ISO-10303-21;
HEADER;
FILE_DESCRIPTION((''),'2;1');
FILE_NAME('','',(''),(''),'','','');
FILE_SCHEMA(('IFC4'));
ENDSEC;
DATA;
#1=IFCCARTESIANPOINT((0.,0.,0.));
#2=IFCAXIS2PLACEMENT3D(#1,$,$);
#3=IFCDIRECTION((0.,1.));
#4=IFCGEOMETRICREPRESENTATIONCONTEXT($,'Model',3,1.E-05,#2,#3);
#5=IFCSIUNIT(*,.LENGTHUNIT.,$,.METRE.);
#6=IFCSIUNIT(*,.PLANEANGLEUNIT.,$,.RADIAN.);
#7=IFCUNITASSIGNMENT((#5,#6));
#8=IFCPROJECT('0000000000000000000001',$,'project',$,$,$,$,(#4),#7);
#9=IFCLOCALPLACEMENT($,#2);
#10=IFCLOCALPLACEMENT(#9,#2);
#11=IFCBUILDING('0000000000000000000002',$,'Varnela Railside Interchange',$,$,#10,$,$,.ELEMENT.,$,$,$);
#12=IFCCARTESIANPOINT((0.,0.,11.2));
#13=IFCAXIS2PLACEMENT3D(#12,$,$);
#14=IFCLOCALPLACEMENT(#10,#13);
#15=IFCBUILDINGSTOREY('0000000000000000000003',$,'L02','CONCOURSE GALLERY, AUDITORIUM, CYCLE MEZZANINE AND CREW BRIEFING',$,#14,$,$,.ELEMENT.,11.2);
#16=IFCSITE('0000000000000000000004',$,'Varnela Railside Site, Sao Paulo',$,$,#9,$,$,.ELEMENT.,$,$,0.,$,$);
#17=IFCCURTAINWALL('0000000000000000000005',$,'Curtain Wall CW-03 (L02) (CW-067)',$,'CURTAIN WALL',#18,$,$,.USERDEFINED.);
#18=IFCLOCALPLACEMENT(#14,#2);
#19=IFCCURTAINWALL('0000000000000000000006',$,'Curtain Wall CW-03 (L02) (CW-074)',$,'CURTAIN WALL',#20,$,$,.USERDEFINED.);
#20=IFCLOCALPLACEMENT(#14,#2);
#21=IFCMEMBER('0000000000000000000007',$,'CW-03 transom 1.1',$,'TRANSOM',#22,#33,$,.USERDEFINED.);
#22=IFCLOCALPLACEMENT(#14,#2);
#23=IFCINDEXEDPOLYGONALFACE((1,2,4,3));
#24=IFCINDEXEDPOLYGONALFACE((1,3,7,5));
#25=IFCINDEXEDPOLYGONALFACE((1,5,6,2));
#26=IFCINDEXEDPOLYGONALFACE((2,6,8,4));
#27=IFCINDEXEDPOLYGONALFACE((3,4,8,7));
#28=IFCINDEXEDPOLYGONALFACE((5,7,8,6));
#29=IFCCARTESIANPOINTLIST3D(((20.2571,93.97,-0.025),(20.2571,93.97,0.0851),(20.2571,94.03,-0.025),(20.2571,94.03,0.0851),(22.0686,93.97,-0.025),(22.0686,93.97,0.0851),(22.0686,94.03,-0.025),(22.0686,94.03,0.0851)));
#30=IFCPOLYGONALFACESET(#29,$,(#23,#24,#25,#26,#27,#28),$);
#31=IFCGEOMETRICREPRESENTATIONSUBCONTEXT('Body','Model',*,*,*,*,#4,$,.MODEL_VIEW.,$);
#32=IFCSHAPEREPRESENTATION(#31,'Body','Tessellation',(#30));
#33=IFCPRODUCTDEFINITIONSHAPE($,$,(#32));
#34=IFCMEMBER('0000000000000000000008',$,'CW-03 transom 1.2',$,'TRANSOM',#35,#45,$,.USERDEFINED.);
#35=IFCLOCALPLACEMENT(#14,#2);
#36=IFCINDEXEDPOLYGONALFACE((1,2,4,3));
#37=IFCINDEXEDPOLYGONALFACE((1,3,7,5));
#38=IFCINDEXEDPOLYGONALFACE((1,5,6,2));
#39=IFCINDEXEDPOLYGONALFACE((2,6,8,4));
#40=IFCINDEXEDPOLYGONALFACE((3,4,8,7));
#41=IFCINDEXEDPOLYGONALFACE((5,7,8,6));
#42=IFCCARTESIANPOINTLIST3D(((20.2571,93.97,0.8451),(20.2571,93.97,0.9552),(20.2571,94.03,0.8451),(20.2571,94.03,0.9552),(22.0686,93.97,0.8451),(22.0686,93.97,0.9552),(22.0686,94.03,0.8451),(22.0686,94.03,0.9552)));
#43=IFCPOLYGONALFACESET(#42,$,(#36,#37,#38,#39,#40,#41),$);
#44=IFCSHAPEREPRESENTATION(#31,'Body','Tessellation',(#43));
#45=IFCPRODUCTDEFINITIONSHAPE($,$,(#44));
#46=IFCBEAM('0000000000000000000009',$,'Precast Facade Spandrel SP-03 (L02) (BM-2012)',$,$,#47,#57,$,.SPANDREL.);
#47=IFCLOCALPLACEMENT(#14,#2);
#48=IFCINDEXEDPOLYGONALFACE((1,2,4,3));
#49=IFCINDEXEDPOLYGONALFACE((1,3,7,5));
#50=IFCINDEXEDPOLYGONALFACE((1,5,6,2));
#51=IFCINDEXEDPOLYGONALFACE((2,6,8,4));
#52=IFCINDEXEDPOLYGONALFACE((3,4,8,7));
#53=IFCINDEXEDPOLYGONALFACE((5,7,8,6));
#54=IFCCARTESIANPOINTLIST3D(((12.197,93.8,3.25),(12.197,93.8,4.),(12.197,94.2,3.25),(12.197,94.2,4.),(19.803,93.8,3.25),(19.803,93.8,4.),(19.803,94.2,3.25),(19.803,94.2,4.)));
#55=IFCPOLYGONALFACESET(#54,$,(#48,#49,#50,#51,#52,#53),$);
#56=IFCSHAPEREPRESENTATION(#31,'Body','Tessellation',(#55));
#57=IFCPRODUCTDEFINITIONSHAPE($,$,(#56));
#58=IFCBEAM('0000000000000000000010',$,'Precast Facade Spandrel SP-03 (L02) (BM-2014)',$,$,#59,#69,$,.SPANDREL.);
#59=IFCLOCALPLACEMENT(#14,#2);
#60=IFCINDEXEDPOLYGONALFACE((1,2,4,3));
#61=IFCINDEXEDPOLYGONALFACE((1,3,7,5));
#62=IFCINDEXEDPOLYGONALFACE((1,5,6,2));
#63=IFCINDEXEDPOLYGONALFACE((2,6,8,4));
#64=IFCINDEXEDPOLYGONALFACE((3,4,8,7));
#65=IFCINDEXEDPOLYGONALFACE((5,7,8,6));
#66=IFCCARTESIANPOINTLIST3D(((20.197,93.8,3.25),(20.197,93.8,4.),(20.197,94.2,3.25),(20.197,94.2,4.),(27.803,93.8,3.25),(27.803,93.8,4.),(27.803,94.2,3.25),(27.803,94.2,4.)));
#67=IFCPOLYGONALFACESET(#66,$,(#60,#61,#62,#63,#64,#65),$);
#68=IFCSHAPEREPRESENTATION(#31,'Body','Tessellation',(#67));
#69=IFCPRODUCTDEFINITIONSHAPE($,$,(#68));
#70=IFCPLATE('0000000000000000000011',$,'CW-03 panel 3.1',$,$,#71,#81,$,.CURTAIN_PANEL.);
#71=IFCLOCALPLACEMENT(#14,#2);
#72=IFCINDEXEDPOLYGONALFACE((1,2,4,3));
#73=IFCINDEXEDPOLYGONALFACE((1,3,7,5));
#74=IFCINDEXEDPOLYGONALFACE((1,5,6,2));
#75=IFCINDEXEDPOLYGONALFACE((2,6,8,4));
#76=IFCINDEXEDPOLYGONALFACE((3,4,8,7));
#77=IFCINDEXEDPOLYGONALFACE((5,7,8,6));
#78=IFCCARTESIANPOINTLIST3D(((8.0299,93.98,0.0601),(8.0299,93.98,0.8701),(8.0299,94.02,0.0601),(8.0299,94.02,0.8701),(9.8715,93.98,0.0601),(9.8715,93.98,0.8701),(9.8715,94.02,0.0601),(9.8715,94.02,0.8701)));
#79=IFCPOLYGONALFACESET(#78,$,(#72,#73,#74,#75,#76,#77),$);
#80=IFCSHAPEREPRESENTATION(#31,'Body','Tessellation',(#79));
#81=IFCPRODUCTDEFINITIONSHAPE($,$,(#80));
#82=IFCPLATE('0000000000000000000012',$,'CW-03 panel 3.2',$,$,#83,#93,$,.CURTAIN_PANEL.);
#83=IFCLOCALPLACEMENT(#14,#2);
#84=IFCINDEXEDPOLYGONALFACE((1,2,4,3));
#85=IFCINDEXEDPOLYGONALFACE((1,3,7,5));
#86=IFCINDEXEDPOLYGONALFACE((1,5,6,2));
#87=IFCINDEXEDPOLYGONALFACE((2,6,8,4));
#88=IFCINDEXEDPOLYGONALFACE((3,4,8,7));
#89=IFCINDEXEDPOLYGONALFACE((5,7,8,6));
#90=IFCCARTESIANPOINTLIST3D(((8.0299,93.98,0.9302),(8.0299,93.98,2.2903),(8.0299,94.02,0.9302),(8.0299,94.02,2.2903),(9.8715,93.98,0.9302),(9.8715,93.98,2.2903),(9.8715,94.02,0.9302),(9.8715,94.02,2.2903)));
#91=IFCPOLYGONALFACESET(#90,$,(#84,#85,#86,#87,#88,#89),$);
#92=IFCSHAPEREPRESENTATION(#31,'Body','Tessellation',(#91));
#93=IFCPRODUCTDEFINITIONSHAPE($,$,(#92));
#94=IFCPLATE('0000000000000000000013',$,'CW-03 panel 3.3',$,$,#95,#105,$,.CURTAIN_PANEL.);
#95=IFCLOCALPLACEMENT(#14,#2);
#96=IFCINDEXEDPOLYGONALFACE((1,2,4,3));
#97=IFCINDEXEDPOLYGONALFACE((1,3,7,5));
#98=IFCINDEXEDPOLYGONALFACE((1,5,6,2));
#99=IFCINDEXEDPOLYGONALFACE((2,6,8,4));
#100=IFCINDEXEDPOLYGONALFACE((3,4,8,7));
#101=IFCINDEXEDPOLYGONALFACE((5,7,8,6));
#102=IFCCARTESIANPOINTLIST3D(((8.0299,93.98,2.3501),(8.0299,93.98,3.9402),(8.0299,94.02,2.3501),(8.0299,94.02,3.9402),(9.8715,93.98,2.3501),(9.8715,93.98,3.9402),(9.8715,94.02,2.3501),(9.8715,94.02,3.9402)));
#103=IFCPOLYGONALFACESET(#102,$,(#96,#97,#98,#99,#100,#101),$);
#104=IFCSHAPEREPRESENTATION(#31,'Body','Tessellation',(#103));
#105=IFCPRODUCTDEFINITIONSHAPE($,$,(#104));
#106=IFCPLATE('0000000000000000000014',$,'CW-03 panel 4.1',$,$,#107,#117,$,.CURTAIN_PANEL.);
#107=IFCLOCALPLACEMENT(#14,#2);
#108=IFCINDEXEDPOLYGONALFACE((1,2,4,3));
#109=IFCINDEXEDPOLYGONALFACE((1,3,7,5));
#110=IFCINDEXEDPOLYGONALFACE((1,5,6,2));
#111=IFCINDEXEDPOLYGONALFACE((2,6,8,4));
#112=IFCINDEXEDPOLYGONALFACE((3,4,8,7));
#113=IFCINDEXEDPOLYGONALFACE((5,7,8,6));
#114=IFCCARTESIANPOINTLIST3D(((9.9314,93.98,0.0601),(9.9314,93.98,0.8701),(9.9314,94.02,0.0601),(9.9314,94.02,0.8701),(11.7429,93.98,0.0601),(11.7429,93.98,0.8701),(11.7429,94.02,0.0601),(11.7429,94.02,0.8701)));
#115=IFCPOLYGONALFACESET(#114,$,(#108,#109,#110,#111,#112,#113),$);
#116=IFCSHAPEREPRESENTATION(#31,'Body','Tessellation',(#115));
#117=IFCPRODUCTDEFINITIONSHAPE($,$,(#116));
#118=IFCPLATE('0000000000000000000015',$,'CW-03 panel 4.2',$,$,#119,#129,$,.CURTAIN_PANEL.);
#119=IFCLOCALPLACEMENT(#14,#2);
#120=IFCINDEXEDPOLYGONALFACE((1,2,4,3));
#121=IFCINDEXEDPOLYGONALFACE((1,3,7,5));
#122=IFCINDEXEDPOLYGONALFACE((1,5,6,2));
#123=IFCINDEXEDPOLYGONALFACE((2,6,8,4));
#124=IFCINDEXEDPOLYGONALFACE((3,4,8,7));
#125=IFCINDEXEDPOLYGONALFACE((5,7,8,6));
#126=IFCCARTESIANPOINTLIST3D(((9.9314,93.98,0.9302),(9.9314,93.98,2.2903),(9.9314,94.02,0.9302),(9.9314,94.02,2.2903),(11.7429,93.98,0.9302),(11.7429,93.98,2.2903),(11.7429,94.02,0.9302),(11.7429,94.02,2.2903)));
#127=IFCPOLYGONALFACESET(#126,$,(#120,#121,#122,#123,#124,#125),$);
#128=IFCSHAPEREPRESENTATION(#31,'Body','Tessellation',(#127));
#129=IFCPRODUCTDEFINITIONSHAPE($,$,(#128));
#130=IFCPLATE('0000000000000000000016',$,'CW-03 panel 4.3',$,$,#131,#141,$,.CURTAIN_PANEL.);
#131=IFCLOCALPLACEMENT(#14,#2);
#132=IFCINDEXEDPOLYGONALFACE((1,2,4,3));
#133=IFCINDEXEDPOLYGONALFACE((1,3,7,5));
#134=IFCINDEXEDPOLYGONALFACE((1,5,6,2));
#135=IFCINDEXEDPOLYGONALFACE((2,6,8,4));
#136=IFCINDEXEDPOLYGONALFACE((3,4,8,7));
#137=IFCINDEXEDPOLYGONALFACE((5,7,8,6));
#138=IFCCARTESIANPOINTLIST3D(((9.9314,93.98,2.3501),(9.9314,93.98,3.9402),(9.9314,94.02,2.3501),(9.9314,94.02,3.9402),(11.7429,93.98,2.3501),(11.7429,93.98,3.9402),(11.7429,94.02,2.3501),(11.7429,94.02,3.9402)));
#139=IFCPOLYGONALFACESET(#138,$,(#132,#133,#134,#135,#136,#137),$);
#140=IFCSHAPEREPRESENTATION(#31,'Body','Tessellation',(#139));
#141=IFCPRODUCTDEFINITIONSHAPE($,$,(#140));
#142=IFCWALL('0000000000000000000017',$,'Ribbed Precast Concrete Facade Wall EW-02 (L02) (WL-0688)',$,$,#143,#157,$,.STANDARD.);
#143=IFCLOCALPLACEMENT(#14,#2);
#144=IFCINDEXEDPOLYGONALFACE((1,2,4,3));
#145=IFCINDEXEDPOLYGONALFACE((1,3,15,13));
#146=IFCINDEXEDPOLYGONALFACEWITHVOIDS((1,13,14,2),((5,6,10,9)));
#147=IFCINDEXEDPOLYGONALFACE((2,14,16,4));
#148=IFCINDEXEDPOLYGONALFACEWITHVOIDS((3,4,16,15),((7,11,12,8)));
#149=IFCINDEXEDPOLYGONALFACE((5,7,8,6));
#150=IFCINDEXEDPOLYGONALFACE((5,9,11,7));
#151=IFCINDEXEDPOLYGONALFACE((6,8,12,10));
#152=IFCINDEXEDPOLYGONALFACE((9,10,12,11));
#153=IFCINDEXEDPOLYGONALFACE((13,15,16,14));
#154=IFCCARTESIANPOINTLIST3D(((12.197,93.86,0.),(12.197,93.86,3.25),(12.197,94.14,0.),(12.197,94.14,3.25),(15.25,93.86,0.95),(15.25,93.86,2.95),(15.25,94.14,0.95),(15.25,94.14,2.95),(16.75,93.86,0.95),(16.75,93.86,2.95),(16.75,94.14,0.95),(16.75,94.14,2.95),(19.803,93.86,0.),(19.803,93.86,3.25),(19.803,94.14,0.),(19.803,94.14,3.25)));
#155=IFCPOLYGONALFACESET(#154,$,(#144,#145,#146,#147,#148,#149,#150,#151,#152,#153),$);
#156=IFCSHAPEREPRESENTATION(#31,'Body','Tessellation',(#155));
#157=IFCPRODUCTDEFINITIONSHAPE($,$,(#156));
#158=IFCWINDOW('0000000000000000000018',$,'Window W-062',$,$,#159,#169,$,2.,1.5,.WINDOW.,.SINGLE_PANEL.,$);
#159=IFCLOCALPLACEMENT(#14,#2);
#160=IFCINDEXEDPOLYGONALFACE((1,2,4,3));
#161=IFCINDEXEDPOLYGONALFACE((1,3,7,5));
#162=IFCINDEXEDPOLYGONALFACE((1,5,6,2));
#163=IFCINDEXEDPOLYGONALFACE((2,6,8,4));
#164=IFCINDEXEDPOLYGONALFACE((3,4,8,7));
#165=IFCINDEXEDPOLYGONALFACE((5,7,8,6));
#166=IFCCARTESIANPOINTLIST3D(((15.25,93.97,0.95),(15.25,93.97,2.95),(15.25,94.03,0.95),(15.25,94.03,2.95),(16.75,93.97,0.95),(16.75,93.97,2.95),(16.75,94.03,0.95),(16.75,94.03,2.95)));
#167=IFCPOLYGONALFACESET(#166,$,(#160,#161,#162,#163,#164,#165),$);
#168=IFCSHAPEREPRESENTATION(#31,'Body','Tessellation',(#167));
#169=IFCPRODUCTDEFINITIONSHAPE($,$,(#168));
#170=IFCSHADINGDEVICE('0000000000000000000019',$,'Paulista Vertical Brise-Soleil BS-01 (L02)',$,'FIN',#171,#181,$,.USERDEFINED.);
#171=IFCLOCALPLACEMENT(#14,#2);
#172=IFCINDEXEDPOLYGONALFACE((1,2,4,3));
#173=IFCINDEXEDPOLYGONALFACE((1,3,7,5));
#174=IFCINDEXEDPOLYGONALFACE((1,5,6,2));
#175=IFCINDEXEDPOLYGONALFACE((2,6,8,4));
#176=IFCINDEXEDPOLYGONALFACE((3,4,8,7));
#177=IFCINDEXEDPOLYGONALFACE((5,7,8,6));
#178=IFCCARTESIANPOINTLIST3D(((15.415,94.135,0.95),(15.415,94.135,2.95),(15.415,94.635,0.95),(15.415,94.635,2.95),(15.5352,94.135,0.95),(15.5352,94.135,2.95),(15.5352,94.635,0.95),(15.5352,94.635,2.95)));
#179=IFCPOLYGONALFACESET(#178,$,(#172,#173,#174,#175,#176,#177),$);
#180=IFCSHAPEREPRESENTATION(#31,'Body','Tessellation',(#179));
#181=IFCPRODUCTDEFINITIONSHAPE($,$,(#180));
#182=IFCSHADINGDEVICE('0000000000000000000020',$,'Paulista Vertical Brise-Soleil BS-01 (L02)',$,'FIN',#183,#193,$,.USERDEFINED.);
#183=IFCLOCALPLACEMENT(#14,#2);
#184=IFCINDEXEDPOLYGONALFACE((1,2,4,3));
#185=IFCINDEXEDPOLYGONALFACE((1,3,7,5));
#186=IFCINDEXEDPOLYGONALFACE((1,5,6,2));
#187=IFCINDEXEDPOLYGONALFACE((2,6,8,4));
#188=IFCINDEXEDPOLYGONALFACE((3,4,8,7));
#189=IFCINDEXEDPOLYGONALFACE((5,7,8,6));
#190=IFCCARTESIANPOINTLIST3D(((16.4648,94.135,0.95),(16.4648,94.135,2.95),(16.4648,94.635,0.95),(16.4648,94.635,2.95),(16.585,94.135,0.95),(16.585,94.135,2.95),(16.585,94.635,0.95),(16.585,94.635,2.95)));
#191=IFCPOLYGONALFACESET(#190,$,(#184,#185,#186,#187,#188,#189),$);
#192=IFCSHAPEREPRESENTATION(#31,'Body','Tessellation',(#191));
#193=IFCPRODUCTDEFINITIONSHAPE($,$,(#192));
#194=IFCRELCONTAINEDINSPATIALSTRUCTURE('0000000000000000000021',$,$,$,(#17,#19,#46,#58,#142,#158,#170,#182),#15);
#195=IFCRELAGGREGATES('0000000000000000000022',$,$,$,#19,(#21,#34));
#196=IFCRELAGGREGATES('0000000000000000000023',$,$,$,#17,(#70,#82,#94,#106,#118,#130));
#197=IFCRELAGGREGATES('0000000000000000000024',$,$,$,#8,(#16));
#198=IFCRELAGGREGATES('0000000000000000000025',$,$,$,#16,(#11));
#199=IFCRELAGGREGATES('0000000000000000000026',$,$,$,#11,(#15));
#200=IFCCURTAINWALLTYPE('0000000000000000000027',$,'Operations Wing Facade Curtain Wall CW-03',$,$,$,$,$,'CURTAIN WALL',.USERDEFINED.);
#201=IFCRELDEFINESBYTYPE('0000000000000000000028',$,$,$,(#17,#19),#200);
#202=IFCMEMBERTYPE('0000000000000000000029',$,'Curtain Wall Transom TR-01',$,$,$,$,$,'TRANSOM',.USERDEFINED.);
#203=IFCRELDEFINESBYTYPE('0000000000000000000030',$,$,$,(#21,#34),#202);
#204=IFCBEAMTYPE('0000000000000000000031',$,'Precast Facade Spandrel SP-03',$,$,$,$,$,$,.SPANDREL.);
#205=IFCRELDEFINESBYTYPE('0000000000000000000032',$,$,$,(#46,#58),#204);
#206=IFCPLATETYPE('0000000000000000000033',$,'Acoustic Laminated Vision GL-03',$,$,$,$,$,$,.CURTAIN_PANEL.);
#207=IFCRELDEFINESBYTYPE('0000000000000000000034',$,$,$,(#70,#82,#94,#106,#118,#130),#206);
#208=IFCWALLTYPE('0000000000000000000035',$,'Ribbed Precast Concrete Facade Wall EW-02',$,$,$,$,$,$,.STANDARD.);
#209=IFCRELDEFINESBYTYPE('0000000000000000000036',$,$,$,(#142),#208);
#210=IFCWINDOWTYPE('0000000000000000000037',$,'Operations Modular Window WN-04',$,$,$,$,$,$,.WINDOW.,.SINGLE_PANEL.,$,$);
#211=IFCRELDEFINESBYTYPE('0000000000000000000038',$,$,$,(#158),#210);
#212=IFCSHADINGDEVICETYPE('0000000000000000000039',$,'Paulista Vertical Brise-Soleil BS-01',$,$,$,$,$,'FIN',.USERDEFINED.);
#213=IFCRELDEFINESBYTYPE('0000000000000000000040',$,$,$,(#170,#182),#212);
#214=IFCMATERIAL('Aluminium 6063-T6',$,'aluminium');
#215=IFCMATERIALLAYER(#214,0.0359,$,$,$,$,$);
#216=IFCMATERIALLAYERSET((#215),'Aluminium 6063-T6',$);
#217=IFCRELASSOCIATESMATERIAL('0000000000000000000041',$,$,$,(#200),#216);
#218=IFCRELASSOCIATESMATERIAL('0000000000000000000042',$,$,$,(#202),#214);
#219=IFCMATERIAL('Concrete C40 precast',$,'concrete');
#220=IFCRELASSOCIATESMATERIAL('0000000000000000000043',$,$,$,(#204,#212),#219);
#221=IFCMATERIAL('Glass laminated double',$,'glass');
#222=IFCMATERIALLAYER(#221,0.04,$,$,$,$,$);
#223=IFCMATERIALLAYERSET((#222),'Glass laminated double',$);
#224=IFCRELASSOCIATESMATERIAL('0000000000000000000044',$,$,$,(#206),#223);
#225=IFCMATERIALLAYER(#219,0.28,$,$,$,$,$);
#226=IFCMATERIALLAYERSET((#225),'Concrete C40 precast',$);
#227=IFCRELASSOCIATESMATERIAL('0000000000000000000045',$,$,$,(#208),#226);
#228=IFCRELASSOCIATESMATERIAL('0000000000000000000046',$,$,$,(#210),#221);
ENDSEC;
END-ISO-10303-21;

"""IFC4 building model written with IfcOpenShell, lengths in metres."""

from ifc_helpers import new_model, si_unit, direction, frame, frame_2d, origin, origin_2d, place, context, subcontext, project, spatial, rectangle, extrude, material, layer, layer_set, material_profile, profile_set, type_object, element, fill, aggregate, save


model = new_model("IFC4")

# Units and contexts
model_context = context("Model", 3, precision=1e-05, world=origin(), true_north=direction((0.0, 1.0)))
body_context = subcontext(model_context, "Body", "Model", "MODEL_VIEW")
ifc_project = project(units=[si_unit("LENGTHUNIT", "METRE"), si_unit("PLANEANGLEUNIT", "RADIAN")], contexts=[model_context])

# Site, building, storey
site_placement = place(None, origin())
site = spatial("IfcSite", under=ifc_project, at=site_placement, Name="Varnela Railside Site, Sao Paulo", CompositionType="ELEMENT", RefElevation=0.0)
building_placement = place(site_placement, origin())
building = spatial("IfcBuilding", under=site, at=building_placement, Name="Varnela Railside Interchange", CompositionType="ELEMENT")
storey_placement = place(building_placement, frame((0.0, 0.0, 11.2)))
storey = spatial("IfcBuildingStorey", under=building, at=storey_placement, Name="L02", Description="CONCOURSE GALLERY, AUDITORIUM, CYCLE MEZZANINE AND CREW BRIEFING", CompositionType="ELEMENT", Elevation=11.2)

# Curtain wall
ifc_material_1 = material(Name="Aluminium 6063-T6", Category="aluminium")
ifc_layer_1 = layer(ifc_material_1, 0.0359)
ifc_layer_set_1 = layer_set([ifc_layer_1], Name="Aluminium 6063-T6")
curtain_wall_type = type_object("IfcCurtainWallType", Name="Operations Wing Facade Curtain Wall CW-03", ElementType="CURTAIN WALL", PredefinedType="USERDEFINED", material=ifc_layer_set_1)
curtain_wall_1_placement = place(storey_placement, origin())
curtain_wall_1 = element("IfcCurtainWall", 1, at=curtain_wall_1_placement, inside=storey, type_object=curtain_wall_type, Name="Curtain Wall CW-03 (L02) (CW-067)", ObjectType="CURTAIN WALL", PredefinedType="USERDEFINED")

# Curtain wall
curtain_wall_2_placement = place(storey_placement, origin())
curtain_wall_2 = element("IfcCurtainWall", 2, at=curtain_wall_2_placement, inside=storey, type_object=curtain_wall_type, Name="Curtain Wall CW-03 (L02) (CW-074)", ObjectType="CURTAIN WALL", PredefinedType="USERDEFINED")

# Members
ifc_material_profile_1 = material_profile(ifc_material_1, rectangle(XDim=0.0601, YDim=0.1101, at=origin_2d()), Name="ALU 60x110")
ifc_profile_set_1 = profile_set([ifc_material_profile_1], Name="Aluminium 6063-T6")
member_type_1 = type_object("IfcMemberType", Name="Curtain Wall Transom TR-01", ElementType="TRANSOM", PredefinedType="USERDEFINED", material=ifc_profile_set_1)
member_1_placement = place(storey_placement, frame((20.2571, 94.0, 0.03), z_axis=(1.0, 0.0, 0.0), x_axis=(0.0, 1.0, 0.0)))
member_1 = element("IfcMember", 3, at=member_1_placement, type_object=member_type_1, Name="CW-03 transom 1.1", ObjectType="TRANSOM", PredefinedType="USERDEFINED", context=body_context, shape_type="SweptSolid", body=[
    extrude(rectangle(XDim=0.0601, YDim=0.1101, at=origin_2d()), origin(), (0.0, 0.0, 1.0), 1.8115),
])
member_2_placement = place(storey_placement, frame((20.2571, 94.0, 0.9001), z_axis=(1.0, 0.0, 0.0), x_axis=(0.0, 1.0, 0.0)))
member_2 = element("IfcMember", 4, at=member_2_placement, type_object=member_type_1, Name="CW-03 transom 1.2", ObjectType="TRANSOM", PredefinedType="USERDEFINED", context=body_context, shape_type="SweptSolid", body=[
    extrude(rectangle(XDim=0.0601, YDim=0.1101, at=origin_2d()), origin(), (0.0, 0.0, 1.0), 1.8115),
])
aggregate(curtain_wall_2, [member_1, member_2])

# Beams
ifc_material_2 = material(Name="Concrete C40 precast", Category="concrete")
ifc_material_profile_2 = material_profile(ifc_material_2, rectangle(XDim=0.3999, YDim=0.75, at=origin_2d()), Name="PC 400x750")
ifc_profile_set_2 = profile_set([ifc_material_profile_2], Name="Concrete C40 precast")
beam_type = type_object("IfcBeamType", Name="Precast Facade Spandrel SP-03", PredefinedType="SPANDREL", material=ifc_profile_set_2)
for number, where, z_axis, x_axis, name in (
    (5, (12.197, 94.0, 3.625), (1.0, 0.0, 0.0), (0.0, 1.0, 0.0), "Precast Facade Spandrel SP-03 (L02) (BM-2012)"),
    (6, (20.197, 94.0, 3.625), (1.0, 0.0, 0.0), (0.0, 1.0, 0.0), "Precast Facade Spandrel SP-03 (L02) (BM-2014)"),
):
    element("IfcBeam", number, at=place(storey_placement, frame(where, z_axis=z_axis, x_axis=x_axis)), inside=storey, type_object=beam_type, Name=name, PredefinedType="SPANDREL", context=body_context, shape_type="SweptSolid", body=[
        extrude(rectangle(XDim=0.3999, YDim=0.75, at=origin_2d()), origin(), (0.0, 0.0, 1.0), 7.606),
    ])

# Plates
ifc_material_3 = material(Name="Glass laminated double", Category="glass")
ifc_layer_2 = layer(ifc_material_3, 0.04)
ifc_layer_set_2 = layer_set([ifc_layer_2], Name="Glass laminated double")
plate_type = type_object("IfcPlateType", Name="Acoustic Laminated Vision GL-03", PredefinedType="CURTAIN_PANEL", material=ifc_layer_set_2)
plate_1_placement = place(storey_placement, frame((8.9507, 94.0, 0.0601), z_axis=(0.0, 0.0, 1.0), x_axis=(1.0, 0.0, 0.0)))
plate_1 = element("IfcPlate", 7, at=plate_1_placement, type_object=plate_type, Name="CW-03 panel 3.1", PredefinedType="CURTAIN_PANEL", context=body_context, shape_type="SweptSolid", body=[
    extrude(rectangle(XDim=1.8416, YDim=0.04, at=origin_2d()), origin(), (0.0, 0.0, 1.0), 0.8101),
])
plate_2_placement = place(storey_placement, frame((8.9507, 94.0, 0.9302), z_axis=(0.0, 0.0, 1.0), x_axis=(1.0, 0.0, 0.0)))
plate_2 = element("IfcPlate", 8, at=plate_2_placement, type_object=plate_type, Name="CW-03 panel 3.2", PredefinedType="CURTAIN_PANEL", context=body_context, shape_type="SweptSolid", body=[
    extrude(rectangle(XDim=1.8416, YDim=0.04, at=origin_2d()), origin(), (0.0, 0.0, 1.0), 1.3601),
])
plate_3_placement = place(storey_placement, frame((8.9507, 94.0, 2.3501), z_axis=(0.0, 0.0, 1.0), x_axis=(1.0, 0.0, 0.0)))
plate_3 = element("IfcPlate", 9, at=plate_3_placement, type_object=plate_type, Name="CW-03 panel 3.3", PredefinedType="CURTAIN_PANEL", context=body_context, shape_type="SweptSolid", body=[
    extrude(rectangle(XDim=1.8416, YDim=0.04, at=origin_2d()), origin(), (0.0, 0.0, 1.0), 1.5901),
])
plate_4_placement = place(storey_placement, frame((10.8372, 94.0, 0.0601), z_axis=(0.0, 0.0, 1.0), x_axis=(1.0, 0.0, 0.0)))
plate_4 = element("IfcPlate", 10, at=plate_4_placement, type_object=plate_type, Name="CW-03 panel 4.1", PredefinedType="CURTAIN_PANEL", context=body_context, shape_type="SweptSolid", body=[
    extrude(rectangle(XDim=1.8115, YDim=0.04, at=origin_2d()), origin(), (0.0, 0.0, 1.0), 0.8101),
])
plate_5_placement = place(storey_placement, frame((10.8372, 94.0, 0.9302), z_axis=(0.0, 0.0, 1.0), x_axis=(1.0, 0.0, 0.0)))
plate_5 = element("IfcPlate", 11, at=plate_5_placement, type_object=plate_type, Name="CW-03 panel 4.2", PredefinedType="CURTAIN_PANEL", context=body_context, shape_type="SweptSolid", body=[
    extrude(rectangle(XDim=1.8115, YDim=0.04, at=origin_2d()), origin(), (0.0, 0.0, 1.0), 1.3601),
])
plate_6_placement = place(storey_placement, frame((10.8372, 94.0, 2.3501), z_axis=(0.0, 0.0, 1.0), x_axis=(1.0, 0.0, 0.0)))
plate_6 = element("IfcPlate", 12, at=plate_6_placement, type_object=plate_type, Name="CW-03 panel 4.3", PredefinedType="CURTAIN_PANEL", context=body_context, shape_type="SweptSolid", body=[
    extrude(rectangle(XDim=1.8115, YDim=0.04, at=origin_2d()), origin(), (0.0, 0.0, 1.0), 1.5901),
])
aggregate(curtain_wall_1, [plate_1, plate_2, plate_3, plate_4, plate_5, plate_6])

# Wall, opening, window
ifc_layer_3 = layer(ifc_material_2, 0.28)
ifc_layer_set_3 = layer_set([ifc_layer_3], Name="Concrete C40 precast")
wall_type = type_object("IfcWallType", Name="Ribbed Precast Concrete Facade Wall EW-02", PredefinedType="STANDARD", material=ifc_layer_set_3)
wall_placement = place(storey_placement, frame((12.197, 94.0, 0.0), z_axis=(0.0, 0.0, 1.0), x_axis=(1.0, 0.0, 0.0)))
wall = element("IfcWall", 13, at=wall_placement, inside=storey, type_object=wall_type, Name="Ribbed Precast Concrete Facade Wall EW-02 (L02) (WL-0688)", PredefinedType="STANDARD", context=body_context, shape_type="SweptSolid", body=[
    extrude(rectangle(XDim=7.606, YDim=0.28, at=frame_2d((3.803, 0.0))), origin(), (0.0, 0.0, 1.0), 3.25),
])
opening_placement = place(wall_placement, frame((3.053, 0.0, 0.95)))
opening = element("IfcOpeningElement", 14, at=opening_placement, cuts=wall, PredefinedType="OPENING", context=body_context, shape_type="SweptSolid", body=[
    extrude(rectangle(XDim=1.5, YDim=2.0, at=frame_2d((0.75, 1.0))), frame((0.0, 0.1499, 0.0), z_axis=(0.0, -1.0, 0.0), x_axis=(1.0, 0.0, 0.0)), (0.0, 0.0, 1.0), 0.3),
])
window_type = type_object("IfcWindowType", Name="Operations Modular Window WN-04", PartitioningType="SINGLE_PANEL", PredefinedType="WINDOW", material=ifc_material_3)
window_placement = place(opening_placement, origin())
window = element("IfcWindow", 15, at=window_placement, inside=storey, type_object=window_type, Name="Window W-062", OverallHeight=2.0, OverallWidth=1.5, PartitioningType="SINGLE_PANEL", PredefinedType="WINDOW", context=body_context, shape_type="SweptSolid", body=[
    extrude(rectangle(XDim=1.5, YDim=2.0, at=frame_2d((0.75, 1.0))), frame((0.0, 0.03, 0.0), z_axis=(0.0, -1.0, 0.0), x_axis=(1.0, 0.0, 0.0)), (0.0, 0.0, 1.0), 0.0601),
])
fill(opening, window)

# Shading devices
shading_device_type = type_object("IfcShadingDeviceType", Name="Paulista Vertical Brise-Soleil BS-01", ElementType="FIN", PredefinedType="USERDEFINED", material=ifc_material_2)
for number, where, z_axis, x_axis, name in (
    (16, (15.4751, 94.385, 0.95), (0.0, 0.0, 1.0), (0.0, 1.0, 0.0), "Paulista Vertical Brise-Soleil BS-01 (L02)"),
    (17, (16.5249, 94.385, 0.95), (0.0, 0.0, 1.0), (0.0, 1.0, 0.0), "Paulista Vertical Brise-Soleil BS-01 (L02)"),
):
    element("IfcShadingDevice", number, at=place(storey_placement, frame(where, z_axis=z_axis, x_axis=x_axis)), inside=storey, type_object=shading_device_type, Name=name, ObjectType="FIN", PredefinedType="USERDEFINED", context=body_context, shape_type="SweptSolid", body=[
        extrude(rectangle(XDim=0.5, YDim=0.1201, at=origin_2d()), origin(), (0.0, 0.0, 1.0), 2.0),
    ])

save(model, "model.ifc")
